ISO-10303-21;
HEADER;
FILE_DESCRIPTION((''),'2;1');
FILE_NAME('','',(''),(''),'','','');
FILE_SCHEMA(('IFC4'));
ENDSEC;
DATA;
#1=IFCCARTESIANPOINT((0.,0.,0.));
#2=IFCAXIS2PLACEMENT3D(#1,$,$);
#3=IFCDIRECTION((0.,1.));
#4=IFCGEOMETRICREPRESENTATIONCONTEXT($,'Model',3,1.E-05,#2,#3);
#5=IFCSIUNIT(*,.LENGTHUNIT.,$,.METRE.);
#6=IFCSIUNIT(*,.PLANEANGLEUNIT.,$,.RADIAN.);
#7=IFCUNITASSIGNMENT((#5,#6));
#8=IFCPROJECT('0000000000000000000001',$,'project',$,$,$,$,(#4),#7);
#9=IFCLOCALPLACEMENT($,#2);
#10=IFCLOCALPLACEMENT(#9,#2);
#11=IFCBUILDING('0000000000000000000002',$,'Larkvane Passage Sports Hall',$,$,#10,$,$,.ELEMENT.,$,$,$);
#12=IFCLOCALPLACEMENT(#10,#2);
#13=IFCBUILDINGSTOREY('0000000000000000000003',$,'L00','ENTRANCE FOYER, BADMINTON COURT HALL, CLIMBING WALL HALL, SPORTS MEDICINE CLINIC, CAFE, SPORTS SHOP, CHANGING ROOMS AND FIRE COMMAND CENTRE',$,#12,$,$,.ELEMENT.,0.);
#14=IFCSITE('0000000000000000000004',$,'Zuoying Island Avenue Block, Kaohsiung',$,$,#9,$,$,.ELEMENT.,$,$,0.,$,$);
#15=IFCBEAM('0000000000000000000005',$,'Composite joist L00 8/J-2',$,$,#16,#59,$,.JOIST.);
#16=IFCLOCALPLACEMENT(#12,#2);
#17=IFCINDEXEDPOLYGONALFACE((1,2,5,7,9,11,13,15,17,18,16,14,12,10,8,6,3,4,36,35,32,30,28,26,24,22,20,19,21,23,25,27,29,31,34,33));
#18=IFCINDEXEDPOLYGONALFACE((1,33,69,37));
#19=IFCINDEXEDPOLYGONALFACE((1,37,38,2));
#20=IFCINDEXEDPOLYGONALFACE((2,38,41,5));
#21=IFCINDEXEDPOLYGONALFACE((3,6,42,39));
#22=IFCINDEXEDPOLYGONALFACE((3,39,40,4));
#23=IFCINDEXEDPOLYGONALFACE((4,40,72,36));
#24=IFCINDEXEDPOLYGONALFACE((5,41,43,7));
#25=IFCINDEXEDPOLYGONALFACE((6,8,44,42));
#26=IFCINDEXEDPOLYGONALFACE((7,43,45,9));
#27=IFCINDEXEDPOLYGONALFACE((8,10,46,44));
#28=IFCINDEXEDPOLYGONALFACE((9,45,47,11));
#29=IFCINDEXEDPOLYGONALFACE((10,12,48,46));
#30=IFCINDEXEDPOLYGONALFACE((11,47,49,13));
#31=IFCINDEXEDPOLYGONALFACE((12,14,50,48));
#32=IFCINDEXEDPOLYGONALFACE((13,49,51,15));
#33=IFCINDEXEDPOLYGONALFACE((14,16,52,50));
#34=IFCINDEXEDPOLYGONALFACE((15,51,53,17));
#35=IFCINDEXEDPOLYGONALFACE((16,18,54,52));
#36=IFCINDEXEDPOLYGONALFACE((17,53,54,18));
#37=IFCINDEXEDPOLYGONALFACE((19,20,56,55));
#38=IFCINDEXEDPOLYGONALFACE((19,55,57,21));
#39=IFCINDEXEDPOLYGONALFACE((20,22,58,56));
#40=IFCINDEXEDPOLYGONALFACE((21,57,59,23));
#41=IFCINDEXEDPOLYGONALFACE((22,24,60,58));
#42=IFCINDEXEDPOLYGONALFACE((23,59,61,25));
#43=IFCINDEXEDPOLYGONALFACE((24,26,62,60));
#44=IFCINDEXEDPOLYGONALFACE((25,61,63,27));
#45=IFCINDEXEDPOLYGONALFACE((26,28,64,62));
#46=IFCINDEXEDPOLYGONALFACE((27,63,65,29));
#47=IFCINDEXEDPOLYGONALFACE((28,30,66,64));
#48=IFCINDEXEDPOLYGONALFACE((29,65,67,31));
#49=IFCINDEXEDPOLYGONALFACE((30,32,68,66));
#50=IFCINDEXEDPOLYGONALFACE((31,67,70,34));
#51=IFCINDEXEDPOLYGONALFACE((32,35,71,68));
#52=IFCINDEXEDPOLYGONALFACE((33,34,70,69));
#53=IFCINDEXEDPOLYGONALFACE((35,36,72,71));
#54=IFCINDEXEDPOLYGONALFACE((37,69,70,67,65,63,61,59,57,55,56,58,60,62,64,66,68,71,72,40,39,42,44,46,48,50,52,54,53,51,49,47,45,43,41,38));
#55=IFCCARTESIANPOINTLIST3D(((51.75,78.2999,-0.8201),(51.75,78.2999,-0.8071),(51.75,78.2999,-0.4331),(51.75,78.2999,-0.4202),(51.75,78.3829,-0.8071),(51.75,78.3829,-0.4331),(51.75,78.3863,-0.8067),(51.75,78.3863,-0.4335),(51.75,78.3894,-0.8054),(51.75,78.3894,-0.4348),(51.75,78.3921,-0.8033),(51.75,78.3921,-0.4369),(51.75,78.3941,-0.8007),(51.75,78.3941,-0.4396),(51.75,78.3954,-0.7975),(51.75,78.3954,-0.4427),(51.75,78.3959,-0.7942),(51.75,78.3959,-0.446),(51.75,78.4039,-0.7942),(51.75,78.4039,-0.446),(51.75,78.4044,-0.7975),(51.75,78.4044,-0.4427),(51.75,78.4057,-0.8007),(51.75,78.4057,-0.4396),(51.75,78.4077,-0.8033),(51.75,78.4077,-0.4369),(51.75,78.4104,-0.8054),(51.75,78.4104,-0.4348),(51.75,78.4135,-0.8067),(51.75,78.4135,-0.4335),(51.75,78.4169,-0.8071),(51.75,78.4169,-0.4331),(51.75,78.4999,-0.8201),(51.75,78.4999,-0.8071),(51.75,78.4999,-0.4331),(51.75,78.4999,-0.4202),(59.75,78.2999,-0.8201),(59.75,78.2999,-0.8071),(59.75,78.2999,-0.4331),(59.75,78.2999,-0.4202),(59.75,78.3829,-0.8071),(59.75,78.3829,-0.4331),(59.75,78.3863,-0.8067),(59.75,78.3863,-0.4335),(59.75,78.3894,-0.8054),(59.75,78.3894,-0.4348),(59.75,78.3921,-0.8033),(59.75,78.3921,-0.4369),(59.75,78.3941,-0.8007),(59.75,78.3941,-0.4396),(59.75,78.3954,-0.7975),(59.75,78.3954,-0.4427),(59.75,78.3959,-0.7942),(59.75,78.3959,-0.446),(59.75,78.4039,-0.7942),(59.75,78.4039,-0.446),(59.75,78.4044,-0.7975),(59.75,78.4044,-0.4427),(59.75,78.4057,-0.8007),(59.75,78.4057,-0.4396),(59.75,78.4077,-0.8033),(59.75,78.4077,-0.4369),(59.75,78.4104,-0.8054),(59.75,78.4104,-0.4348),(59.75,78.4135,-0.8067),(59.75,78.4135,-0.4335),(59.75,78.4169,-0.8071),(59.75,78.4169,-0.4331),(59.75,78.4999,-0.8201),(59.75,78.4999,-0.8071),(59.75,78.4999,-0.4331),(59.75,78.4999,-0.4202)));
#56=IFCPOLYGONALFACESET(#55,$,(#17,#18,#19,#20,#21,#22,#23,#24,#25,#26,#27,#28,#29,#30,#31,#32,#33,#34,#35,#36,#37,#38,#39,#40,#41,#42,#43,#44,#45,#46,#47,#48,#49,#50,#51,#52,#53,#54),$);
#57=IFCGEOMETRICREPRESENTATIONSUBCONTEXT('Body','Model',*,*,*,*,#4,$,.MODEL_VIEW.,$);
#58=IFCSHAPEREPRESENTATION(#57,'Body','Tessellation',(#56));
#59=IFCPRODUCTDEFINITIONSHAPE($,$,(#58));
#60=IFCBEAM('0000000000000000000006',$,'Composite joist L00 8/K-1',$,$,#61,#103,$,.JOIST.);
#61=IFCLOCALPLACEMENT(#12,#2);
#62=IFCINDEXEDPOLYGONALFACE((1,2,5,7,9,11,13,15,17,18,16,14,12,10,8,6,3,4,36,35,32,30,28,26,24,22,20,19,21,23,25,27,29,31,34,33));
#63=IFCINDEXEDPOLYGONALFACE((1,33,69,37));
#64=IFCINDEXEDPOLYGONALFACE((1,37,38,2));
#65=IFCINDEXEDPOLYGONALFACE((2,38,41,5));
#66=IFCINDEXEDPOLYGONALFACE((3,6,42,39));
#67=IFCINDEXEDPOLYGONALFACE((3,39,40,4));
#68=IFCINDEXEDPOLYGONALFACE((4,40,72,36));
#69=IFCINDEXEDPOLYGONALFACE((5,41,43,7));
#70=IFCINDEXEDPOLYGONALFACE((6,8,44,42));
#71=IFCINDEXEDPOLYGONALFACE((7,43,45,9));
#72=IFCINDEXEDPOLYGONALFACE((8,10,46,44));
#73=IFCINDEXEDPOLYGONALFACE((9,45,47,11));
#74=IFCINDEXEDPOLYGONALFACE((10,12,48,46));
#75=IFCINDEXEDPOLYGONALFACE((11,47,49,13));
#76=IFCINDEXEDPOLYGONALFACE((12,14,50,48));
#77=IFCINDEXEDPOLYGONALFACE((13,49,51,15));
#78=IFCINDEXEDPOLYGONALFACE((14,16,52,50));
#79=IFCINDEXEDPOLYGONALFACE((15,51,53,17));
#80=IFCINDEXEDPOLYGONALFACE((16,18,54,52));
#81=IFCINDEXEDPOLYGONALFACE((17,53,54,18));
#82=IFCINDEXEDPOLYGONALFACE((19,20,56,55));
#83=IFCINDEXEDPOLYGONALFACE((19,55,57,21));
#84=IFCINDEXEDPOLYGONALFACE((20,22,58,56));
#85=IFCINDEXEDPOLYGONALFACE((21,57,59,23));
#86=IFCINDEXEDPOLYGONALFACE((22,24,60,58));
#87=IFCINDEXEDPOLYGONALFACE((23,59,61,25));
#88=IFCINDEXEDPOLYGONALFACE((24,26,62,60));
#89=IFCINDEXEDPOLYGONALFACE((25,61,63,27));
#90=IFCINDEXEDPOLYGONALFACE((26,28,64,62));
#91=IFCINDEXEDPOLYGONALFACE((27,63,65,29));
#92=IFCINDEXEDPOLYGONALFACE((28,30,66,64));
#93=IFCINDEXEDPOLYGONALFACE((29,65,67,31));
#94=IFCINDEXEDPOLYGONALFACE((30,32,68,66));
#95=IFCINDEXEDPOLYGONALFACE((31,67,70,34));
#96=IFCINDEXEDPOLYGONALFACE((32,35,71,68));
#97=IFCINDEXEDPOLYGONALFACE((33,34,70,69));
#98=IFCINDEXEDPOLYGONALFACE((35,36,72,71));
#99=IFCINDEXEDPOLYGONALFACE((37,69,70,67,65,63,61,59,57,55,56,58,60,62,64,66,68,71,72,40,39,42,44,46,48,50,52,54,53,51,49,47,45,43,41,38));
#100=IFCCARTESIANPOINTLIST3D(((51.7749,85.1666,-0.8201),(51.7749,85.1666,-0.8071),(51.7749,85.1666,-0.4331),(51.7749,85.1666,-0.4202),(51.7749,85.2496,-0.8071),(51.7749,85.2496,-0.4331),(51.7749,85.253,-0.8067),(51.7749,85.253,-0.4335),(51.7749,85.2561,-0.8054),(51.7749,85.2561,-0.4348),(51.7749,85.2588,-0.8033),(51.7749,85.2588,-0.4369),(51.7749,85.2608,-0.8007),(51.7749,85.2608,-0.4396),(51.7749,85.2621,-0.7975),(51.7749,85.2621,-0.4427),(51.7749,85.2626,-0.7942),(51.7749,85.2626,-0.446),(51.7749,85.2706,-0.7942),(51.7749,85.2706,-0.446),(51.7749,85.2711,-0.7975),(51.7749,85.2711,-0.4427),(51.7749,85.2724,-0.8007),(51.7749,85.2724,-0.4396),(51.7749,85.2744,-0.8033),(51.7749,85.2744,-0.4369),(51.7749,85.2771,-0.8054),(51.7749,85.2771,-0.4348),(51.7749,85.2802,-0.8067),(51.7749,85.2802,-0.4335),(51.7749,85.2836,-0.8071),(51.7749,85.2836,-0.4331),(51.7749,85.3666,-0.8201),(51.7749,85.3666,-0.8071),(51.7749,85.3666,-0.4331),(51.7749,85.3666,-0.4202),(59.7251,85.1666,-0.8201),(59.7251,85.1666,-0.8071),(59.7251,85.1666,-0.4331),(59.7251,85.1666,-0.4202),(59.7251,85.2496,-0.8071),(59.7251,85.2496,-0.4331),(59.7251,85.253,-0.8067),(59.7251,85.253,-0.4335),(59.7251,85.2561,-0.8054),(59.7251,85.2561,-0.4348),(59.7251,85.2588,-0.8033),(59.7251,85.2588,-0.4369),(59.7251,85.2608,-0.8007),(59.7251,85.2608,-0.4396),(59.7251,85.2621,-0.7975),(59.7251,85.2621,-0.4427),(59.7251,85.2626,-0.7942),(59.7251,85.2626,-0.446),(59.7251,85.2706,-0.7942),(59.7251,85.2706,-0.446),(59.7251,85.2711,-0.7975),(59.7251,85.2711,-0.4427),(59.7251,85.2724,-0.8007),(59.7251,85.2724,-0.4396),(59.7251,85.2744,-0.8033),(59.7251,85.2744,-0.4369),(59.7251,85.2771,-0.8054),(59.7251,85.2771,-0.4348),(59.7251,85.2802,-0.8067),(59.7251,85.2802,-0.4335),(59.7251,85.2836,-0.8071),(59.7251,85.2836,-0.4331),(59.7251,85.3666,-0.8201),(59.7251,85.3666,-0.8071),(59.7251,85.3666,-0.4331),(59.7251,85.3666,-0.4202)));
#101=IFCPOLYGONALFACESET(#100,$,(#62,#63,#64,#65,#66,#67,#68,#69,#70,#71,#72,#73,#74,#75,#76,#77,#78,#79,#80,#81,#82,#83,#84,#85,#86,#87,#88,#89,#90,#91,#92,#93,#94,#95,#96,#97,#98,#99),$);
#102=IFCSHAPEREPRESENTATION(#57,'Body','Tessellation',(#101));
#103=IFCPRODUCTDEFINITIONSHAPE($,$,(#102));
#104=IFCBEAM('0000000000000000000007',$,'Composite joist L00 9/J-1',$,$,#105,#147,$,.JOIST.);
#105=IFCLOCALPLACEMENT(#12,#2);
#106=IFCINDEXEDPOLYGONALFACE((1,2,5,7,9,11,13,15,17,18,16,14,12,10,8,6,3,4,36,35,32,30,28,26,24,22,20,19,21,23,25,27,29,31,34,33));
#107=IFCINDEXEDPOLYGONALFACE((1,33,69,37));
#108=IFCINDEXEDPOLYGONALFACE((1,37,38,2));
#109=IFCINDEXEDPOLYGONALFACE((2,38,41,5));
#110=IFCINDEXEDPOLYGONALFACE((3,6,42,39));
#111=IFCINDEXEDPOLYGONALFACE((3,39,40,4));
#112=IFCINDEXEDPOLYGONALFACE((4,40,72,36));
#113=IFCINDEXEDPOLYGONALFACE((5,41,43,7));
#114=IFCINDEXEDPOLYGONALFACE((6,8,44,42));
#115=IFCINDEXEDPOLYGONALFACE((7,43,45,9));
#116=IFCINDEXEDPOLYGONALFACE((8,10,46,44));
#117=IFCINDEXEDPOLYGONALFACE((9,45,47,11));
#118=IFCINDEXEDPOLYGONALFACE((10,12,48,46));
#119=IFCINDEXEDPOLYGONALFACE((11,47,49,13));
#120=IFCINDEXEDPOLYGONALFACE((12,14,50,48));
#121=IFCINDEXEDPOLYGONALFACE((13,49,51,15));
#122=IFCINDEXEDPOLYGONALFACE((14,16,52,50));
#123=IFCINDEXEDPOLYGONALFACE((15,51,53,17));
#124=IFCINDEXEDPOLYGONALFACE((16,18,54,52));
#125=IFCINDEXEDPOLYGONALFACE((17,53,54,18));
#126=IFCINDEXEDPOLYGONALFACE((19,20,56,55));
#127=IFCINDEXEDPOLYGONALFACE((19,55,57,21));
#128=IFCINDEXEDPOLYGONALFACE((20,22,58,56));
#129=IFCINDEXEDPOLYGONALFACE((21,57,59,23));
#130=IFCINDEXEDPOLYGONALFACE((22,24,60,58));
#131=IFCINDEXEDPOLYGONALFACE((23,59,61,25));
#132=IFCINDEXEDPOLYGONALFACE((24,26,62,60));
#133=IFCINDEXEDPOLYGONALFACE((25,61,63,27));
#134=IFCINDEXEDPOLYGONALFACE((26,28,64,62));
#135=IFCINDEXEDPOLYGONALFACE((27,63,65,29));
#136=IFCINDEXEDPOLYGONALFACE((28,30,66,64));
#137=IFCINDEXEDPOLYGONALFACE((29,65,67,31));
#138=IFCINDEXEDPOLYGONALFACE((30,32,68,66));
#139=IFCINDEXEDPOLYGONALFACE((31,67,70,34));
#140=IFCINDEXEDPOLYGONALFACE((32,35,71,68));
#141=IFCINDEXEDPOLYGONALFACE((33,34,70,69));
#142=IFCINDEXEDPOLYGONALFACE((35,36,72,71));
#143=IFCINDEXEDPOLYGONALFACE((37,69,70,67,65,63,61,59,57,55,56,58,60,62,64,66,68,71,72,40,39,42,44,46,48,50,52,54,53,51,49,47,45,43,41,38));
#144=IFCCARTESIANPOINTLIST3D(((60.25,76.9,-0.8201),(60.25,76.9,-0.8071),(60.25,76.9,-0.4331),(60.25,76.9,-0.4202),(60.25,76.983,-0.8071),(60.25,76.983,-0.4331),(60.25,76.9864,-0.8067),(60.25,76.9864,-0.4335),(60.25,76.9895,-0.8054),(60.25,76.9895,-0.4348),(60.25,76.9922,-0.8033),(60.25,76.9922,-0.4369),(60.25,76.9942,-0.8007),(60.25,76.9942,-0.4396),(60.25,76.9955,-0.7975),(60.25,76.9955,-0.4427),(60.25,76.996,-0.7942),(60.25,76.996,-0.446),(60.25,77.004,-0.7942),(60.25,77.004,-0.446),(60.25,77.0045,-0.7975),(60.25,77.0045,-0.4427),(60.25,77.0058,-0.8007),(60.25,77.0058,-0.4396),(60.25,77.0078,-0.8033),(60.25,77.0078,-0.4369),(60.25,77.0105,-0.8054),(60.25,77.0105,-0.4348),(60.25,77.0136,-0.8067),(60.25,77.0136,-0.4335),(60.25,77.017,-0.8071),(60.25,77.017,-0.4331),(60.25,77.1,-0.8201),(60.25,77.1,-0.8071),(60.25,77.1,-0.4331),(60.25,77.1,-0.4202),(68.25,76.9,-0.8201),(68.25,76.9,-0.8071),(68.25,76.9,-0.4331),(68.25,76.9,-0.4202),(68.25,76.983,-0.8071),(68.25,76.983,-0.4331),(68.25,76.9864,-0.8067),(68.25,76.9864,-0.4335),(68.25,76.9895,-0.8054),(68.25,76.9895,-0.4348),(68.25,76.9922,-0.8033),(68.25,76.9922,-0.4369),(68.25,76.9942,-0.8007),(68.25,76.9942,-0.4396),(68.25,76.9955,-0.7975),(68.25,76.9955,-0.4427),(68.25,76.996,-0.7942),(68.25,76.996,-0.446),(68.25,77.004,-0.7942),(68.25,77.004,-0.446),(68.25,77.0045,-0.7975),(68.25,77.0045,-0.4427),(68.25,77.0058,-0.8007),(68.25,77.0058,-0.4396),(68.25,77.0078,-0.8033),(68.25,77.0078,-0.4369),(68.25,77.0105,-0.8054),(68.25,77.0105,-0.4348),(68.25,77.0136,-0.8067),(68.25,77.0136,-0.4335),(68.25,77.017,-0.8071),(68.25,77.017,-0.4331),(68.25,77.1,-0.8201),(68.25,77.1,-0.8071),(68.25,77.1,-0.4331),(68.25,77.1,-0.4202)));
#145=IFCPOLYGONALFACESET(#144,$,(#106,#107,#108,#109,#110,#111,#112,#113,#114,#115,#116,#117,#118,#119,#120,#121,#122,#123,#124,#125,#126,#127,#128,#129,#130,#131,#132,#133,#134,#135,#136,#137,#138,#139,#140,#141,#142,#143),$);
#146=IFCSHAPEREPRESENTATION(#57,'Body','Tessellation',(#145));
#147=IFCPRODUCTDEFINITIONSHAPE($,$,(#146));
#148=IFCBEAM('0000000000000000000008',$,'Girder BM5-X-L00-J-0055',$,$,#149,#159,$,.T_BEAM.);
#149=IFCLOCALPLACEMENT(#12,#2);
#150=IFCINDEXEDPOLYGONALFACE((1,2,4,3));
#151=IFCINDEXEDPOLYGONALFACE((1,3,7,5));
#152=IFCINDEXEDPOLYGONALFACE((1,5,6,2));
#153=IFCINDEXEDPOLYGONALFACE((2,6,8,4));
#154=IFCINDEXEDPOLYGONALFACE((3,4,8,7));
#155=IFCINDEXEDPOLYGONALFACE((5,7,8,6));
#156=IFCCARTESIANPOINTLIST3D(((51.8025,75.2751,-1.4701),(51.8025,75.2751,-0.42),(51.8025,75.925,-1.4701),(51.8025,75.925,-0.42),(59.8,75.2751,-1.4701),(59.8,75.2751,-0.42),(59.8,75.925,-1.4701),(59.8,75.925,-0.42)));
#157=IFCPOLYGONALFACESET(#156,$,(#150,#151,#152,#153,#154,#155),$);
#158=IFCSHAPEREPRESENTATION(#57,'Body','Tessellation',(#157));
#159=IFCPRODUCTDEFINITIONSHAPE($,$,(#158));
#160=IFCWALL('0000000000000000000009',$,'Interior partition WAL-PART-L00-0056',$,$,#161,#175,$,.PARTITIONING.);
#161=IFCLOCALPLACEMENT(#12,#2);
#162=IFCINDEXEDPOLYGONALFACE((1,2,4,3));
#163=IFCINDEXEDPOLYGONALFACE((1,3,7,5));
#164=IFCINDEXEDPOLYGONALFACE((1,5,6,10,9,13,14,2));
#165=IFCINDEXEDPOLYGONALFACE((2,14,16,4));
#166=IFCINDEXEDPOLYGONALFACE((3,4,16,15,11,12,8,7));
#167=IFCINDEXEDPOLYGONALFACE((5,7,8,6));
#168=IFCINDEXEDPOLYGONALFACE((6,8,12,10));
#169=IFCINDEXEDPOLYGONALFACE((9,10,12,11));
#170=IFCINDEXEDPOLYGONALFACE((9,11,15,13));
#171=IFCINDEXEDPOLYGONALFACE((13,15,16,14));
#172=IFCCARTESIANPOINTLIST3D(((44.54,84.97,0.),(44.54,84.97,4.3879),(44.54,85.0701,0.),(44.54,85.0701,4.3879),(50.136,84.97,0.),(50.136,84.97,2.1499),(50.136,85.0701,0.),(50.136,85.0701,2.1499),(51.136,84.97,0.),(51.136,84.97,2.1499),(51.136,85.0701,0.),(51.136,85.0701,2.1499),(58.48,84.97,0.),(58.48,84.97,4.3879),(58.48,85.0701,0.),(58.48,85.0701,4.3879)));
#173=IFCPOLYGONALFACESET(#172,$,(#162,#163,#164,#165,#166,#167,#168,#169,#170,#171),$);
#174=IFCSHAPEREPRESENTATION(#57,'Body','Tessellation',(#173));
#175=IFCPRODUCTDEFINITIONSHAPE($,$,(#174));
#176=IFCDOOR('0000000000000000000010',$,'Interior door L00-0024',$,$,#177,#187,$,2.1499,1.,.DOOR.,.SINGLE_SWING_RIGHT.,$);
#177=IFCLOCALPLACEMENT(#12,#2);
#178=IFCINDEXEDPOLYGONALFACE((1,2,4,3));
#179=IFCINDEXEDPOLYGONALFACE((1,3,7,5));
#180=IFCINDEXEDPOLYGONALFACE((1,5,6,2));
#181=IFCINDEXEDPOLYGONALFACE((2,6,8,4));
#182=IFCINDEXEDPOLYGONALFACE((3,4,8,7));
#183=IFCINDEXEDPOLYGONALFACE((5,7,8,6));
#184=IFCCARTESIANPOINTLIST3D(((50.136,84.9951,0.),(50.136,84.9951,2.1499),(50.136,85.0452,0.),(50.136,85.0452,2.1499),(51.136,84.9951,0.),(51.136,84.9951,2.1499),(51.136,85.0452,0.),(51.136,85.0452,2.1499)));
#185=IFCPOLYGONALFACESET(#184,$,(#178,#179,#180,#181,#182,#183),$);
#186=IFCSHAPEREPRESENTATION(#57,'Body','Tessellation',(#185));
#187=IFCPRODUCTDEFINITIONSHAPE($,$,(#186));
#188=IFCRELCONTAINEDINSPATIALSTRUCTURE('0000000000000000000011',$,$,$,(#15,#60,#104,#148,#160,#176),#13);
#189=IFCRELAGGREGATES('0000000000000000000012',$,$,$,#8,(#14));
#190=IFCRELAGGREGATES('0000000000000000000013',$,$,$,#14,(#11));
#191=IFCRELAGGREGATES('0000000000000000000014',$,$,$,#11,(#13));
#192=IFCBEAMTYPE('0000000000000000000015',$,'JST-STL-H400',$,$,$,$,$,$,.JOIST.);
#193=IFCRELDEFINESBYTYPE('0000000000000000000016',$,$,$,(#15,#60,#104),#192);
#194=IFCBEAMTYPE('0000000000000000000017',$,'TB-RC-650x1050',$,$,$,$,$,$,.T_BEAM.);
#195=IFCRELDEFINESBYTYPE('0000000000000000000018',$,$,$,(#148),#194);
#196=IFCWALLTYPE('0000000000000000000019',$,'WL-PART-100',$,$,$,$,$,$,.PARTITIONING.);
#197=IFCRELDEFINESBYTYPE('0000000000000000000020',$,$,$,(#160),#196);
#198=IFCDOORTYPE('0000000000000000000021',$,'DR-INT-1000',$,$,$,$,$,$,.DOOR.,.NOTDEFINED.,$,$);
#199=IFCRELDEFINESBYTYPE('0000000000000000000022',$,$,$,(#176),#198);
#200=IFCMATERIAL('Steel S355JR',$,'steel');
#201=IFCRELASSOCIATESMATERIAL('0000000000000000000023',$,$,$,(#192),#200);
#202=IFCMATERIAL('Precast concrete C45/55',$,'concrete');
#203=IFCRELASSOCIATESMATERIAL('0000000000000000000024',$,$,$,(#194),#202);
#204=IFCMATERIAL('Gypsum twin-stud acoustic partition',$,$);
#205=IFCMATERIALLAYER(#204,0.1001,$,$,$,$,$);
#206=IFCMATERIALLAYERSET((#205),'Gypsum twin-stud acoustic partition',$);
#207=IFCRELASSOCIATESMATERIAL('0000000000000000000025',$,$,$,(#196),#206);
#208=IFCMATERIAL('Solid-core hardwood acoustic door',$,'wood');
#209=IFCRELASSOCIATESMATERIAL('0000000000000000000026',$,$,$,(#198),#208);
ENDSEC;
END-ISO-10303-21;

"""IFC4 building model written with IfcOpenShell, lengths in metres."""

from ifc_helpers import new_model, si_unit, direction, frame, frame_2d, origin, origin_2d, place, context, subcontext, project, spatial, rectangle, i_section, extrude, material, layer, layer_set, material_profile, profile_set, type_object, element, fill, save


model = new_model("IFC4")

# Units and contexts
model_context = context("Model", 3, precision=1e-05, world=origin(), true_north=direction((0.0, 1.0)))
body_context = subcontext(model_context, "Body", "Model", "MODEL_VIEW")
ifc_project = project(units=[si_unit("LENGTHUNIT", "METRE"), si_unit("PLANEANGLEUNIT", "RADIAN")], contexts=[model_context])

# Site, building, storey
site_placement = place(None, origin())
site = spatial("IfcSite", under=ifc_project, at=site_placement, Name="Zuoying Island Avenue Block, Kaohsiung", CompositionType="ELEMENT", RefElevation=0.0)
building_placement = place(site_placement, origin())
building = spatial("IfcBuilding", under=site, at=building_placement, Name="Larkvane Passage Sports Hall", CompositionType="ELEMENT")
storey_placement = place(building_placement, origin())
storey = spatial("IfcBuildingStorey", under=building, at=storey_placement, Name="L00", Description="ENTRANCE FOYER, BADMINTON COURT HALL, CLIMBING WALL HALL, SPORTS MEDICINE CLINIC, CAFE, SPORTS SHOP, CHANGING ROOMS AND FIRE COMMAND CENTRE", CompositionType="ELEMENT", Elevation=0.0)

# Shared definitions
ifc_material_1 = material(Name="Steel S355JR", Category="steel")

# Beams
ifc_material_profile_1 = material_profile(ifc_material_1, i_section(OverallWidth=0.2, OverallDepth=0.3999, WebThickness=0.0081, FlangeThickness=0.0129, FilletRadius=0.0129, at=origin_2d()), Name="H-400x200x8x13")
ifc_profile_set_1 = profile_set([ifc_material_profile_1], Name="Steel S355JR")
beam_type_1 = type_object("IfcBeamType", Name="JST-STL-H400", PredefinedType="JOIST", material=ifc_profile_set_1)
beam_1_placement = place(storey_placement, frame((51.75, 78.3999, -0.6201), z_axis=(1.0, 0.0, 0.0), x_axis=(0.0, 1.0, 0.0)))
element("IfcBeam", 1, at=beam_1_placement, inside=storey, type_object=beam_type_1, Name="Composite joist L00 8/J-2", PredefinedType="JOIST", context=body_context, shape_type="SweptSolid", body=[
    extrude(i_section(OverallWidth=0.2, OverallDepth=0.3999, WebThickness=0.0081, FlangeThickness=0.0129, FilletRadius=0.0129, at=origin_2d()), origin(), (0.0, 0.0, 1.0), 8.0),
])
beam_2_placement = place(storey_placement, frame((51.7749, 85.2666, -0.6201), z_axis=(1.0, 0.0, 0.0), x_axis=(0.0, 1.0, 0.0)))
element("IfcBeam", 2, at=beam_2_placement, inside=storey, type_object=beam_type_1, Name="Composite joist L00 8/K-1", PredefinedType="JOIST", context=body_context, shape_type="SweptSolid", body=[
    extrude(i_section(OverallWidth=0.2, OverallDepth=0.3999, WebThickness=0.0081, FlangeThickness=0.0129, FilletRadius=0.0129, at=origin_2d()), origin(), (0.0, 0.0, 1.0), 7.9502),
])
beam_3_placement = place(storey_placement, frame((60.25, 77.0, -0.6201), z_axis=(1.0, 0.0, 0.0), x_axis=(0.0, 1.0, 0.0)))
element("IfcBeam", 3, at=beam_3_placement, inside=storey, type_object=beam_type_1, Name="Composite joist L00 9/J-1", PredefinedType="JOIST", context=body_context, shape_type="SweptSolid", body=[
    extrude(i_section(OverallWidth=0.2, OverallDepth=0.3999, WebThickness=0.0081, FlangeThickness=0.0129, FilletRadius=0.0129, at=origin_2d()), origin(), (0.0, 0.0, 1.0), 8.0),
])
ifc_material_2 = material(Name="Precast concrete C45/55", Category="concrete")
ifc_material_profile_2 = material_profile(ifc_material_2, rectangle(XDim=0.6499, YDim=1.05, at=origin_2d()), Name="RC-TB-650x1050")
ifc_profile_set_2 = profile_set([ifc_material_profile_2], Name="Precast concrete C45/55")
beam_type_2 = type_object("IfcBeamType", Name="TB-RC-650x1050", PredefinedType="T_BEAM", material=ifc_profile_set_2)
beam_4_placement = place(storey_placement, frame((51.8025, 75.6001, -0.9451), z_axis=(1.0, 0.0, 0.0), x_axis=(0.0, 1.0, 0.0)))
element("IfcBeam", 4, at=beam_4_placement, inside=storey, type_object=beam_type_2, Name="Girder BM5-X-L00-J-0055", PredefinedType="T_BEAM", context=body_context, shape_type="SweptSolid", body=[
    extrude(rectangle(XDim=0.6499, YDim=1.05, at=origin_2d()), origin(), (0.0, 0.0, 1.0), 7.9976),
])

# Wall, opening, door
ifc_material_3 = material(Name="Gypsum twin-stud acoustic partition")
ifc_layer_1 = layer(ifc_material_3, 0.1001)
ifc_layer_set_1 = layer_set([ifc_layer_1], Name="Gypsum twin-stud acoustic partition")
wall_type_1 = type_object("IfcWallType", Name="WL-PART-100", PredefinedType="PARTITIONING", material=ifc_layer_set_1)
wall_1_placement = place(storey_placement, frame((58.48, 85.02, 0.0), z_axis=(0.0, 0.0, 1.0), x_axis=(-1.0, 0.0, 0.0)))
wall_1 = element("IfcWall", 5, at=wall_1_placement, inside=storey, type_object=wall_type_1, Name="Interior partition WAL-PART-L00-0056", PredefinedType="PARTITIONING", context=body_context, shape_type="SweptSolid", body=[
    extrude(rectangle(XDim=13.9399, YDim=0.1001, at=frame_2d((6.97, 0.0))), origin(), (0.0, 0.0, 1.0), 4.3879),
])
opening_1_placement = place(wall_1_placement, frame((7.344, 0.0, 0.0)))
opening_1 = element("IfcOpeningElement", 6, at=opening_1_placement, cuts=wall_1, PredefinedType="OPENING", context=body_context, shape_type="SweptSolid", body=[
    extrude(rectangle(XDim=1.0, YDim=2.1499, at=frame_2d((0.5, 1.075))), frame((0.0, 0.0601, 0.0), z_axis=(0.0, -1.0, 0.0), x_axis=(1.0, 0.0, 0.0)), (0.0, 0.0, 1.0), 0.1201),
])
ifc_material_4 = material(Name="Solid-core hardwood acoustic door", Category="wood")
door_type_1 = type_object("IfcDoorType", Name="DR-INT-1000", OperationType="NOTDEFINED", PredefinedType="DOOR", material=ifc_material_4)
door_1_placement = place(opening_1_placement, origin())
door_1 = element("IfcDoor", 7, at=door_1_placement, inside=storey, type_object=door_type_1, Name="Interior door L00-0024", OperationType="SINGLE_SWING_RIGHT", OverallHeight=2.1499, OverallWidth=1.0, PredefinedType="DOOR", context=body_context, shape_type="SweptSolid", body=[
    extrude(rectangle(XDim=1.0, YDim=2.1499, at=frame_2d((0.5, 1.075))), frame((0.0, 0.0249, 0.0), z_axis=(0.0, -1.0, 0.0), x_axis=(1.0, 0.0, 0.0)), (0.0, 0.0, 1.0), 0.05),
])
fill(opening_1, door_1)

save(model, "model.ifc")
